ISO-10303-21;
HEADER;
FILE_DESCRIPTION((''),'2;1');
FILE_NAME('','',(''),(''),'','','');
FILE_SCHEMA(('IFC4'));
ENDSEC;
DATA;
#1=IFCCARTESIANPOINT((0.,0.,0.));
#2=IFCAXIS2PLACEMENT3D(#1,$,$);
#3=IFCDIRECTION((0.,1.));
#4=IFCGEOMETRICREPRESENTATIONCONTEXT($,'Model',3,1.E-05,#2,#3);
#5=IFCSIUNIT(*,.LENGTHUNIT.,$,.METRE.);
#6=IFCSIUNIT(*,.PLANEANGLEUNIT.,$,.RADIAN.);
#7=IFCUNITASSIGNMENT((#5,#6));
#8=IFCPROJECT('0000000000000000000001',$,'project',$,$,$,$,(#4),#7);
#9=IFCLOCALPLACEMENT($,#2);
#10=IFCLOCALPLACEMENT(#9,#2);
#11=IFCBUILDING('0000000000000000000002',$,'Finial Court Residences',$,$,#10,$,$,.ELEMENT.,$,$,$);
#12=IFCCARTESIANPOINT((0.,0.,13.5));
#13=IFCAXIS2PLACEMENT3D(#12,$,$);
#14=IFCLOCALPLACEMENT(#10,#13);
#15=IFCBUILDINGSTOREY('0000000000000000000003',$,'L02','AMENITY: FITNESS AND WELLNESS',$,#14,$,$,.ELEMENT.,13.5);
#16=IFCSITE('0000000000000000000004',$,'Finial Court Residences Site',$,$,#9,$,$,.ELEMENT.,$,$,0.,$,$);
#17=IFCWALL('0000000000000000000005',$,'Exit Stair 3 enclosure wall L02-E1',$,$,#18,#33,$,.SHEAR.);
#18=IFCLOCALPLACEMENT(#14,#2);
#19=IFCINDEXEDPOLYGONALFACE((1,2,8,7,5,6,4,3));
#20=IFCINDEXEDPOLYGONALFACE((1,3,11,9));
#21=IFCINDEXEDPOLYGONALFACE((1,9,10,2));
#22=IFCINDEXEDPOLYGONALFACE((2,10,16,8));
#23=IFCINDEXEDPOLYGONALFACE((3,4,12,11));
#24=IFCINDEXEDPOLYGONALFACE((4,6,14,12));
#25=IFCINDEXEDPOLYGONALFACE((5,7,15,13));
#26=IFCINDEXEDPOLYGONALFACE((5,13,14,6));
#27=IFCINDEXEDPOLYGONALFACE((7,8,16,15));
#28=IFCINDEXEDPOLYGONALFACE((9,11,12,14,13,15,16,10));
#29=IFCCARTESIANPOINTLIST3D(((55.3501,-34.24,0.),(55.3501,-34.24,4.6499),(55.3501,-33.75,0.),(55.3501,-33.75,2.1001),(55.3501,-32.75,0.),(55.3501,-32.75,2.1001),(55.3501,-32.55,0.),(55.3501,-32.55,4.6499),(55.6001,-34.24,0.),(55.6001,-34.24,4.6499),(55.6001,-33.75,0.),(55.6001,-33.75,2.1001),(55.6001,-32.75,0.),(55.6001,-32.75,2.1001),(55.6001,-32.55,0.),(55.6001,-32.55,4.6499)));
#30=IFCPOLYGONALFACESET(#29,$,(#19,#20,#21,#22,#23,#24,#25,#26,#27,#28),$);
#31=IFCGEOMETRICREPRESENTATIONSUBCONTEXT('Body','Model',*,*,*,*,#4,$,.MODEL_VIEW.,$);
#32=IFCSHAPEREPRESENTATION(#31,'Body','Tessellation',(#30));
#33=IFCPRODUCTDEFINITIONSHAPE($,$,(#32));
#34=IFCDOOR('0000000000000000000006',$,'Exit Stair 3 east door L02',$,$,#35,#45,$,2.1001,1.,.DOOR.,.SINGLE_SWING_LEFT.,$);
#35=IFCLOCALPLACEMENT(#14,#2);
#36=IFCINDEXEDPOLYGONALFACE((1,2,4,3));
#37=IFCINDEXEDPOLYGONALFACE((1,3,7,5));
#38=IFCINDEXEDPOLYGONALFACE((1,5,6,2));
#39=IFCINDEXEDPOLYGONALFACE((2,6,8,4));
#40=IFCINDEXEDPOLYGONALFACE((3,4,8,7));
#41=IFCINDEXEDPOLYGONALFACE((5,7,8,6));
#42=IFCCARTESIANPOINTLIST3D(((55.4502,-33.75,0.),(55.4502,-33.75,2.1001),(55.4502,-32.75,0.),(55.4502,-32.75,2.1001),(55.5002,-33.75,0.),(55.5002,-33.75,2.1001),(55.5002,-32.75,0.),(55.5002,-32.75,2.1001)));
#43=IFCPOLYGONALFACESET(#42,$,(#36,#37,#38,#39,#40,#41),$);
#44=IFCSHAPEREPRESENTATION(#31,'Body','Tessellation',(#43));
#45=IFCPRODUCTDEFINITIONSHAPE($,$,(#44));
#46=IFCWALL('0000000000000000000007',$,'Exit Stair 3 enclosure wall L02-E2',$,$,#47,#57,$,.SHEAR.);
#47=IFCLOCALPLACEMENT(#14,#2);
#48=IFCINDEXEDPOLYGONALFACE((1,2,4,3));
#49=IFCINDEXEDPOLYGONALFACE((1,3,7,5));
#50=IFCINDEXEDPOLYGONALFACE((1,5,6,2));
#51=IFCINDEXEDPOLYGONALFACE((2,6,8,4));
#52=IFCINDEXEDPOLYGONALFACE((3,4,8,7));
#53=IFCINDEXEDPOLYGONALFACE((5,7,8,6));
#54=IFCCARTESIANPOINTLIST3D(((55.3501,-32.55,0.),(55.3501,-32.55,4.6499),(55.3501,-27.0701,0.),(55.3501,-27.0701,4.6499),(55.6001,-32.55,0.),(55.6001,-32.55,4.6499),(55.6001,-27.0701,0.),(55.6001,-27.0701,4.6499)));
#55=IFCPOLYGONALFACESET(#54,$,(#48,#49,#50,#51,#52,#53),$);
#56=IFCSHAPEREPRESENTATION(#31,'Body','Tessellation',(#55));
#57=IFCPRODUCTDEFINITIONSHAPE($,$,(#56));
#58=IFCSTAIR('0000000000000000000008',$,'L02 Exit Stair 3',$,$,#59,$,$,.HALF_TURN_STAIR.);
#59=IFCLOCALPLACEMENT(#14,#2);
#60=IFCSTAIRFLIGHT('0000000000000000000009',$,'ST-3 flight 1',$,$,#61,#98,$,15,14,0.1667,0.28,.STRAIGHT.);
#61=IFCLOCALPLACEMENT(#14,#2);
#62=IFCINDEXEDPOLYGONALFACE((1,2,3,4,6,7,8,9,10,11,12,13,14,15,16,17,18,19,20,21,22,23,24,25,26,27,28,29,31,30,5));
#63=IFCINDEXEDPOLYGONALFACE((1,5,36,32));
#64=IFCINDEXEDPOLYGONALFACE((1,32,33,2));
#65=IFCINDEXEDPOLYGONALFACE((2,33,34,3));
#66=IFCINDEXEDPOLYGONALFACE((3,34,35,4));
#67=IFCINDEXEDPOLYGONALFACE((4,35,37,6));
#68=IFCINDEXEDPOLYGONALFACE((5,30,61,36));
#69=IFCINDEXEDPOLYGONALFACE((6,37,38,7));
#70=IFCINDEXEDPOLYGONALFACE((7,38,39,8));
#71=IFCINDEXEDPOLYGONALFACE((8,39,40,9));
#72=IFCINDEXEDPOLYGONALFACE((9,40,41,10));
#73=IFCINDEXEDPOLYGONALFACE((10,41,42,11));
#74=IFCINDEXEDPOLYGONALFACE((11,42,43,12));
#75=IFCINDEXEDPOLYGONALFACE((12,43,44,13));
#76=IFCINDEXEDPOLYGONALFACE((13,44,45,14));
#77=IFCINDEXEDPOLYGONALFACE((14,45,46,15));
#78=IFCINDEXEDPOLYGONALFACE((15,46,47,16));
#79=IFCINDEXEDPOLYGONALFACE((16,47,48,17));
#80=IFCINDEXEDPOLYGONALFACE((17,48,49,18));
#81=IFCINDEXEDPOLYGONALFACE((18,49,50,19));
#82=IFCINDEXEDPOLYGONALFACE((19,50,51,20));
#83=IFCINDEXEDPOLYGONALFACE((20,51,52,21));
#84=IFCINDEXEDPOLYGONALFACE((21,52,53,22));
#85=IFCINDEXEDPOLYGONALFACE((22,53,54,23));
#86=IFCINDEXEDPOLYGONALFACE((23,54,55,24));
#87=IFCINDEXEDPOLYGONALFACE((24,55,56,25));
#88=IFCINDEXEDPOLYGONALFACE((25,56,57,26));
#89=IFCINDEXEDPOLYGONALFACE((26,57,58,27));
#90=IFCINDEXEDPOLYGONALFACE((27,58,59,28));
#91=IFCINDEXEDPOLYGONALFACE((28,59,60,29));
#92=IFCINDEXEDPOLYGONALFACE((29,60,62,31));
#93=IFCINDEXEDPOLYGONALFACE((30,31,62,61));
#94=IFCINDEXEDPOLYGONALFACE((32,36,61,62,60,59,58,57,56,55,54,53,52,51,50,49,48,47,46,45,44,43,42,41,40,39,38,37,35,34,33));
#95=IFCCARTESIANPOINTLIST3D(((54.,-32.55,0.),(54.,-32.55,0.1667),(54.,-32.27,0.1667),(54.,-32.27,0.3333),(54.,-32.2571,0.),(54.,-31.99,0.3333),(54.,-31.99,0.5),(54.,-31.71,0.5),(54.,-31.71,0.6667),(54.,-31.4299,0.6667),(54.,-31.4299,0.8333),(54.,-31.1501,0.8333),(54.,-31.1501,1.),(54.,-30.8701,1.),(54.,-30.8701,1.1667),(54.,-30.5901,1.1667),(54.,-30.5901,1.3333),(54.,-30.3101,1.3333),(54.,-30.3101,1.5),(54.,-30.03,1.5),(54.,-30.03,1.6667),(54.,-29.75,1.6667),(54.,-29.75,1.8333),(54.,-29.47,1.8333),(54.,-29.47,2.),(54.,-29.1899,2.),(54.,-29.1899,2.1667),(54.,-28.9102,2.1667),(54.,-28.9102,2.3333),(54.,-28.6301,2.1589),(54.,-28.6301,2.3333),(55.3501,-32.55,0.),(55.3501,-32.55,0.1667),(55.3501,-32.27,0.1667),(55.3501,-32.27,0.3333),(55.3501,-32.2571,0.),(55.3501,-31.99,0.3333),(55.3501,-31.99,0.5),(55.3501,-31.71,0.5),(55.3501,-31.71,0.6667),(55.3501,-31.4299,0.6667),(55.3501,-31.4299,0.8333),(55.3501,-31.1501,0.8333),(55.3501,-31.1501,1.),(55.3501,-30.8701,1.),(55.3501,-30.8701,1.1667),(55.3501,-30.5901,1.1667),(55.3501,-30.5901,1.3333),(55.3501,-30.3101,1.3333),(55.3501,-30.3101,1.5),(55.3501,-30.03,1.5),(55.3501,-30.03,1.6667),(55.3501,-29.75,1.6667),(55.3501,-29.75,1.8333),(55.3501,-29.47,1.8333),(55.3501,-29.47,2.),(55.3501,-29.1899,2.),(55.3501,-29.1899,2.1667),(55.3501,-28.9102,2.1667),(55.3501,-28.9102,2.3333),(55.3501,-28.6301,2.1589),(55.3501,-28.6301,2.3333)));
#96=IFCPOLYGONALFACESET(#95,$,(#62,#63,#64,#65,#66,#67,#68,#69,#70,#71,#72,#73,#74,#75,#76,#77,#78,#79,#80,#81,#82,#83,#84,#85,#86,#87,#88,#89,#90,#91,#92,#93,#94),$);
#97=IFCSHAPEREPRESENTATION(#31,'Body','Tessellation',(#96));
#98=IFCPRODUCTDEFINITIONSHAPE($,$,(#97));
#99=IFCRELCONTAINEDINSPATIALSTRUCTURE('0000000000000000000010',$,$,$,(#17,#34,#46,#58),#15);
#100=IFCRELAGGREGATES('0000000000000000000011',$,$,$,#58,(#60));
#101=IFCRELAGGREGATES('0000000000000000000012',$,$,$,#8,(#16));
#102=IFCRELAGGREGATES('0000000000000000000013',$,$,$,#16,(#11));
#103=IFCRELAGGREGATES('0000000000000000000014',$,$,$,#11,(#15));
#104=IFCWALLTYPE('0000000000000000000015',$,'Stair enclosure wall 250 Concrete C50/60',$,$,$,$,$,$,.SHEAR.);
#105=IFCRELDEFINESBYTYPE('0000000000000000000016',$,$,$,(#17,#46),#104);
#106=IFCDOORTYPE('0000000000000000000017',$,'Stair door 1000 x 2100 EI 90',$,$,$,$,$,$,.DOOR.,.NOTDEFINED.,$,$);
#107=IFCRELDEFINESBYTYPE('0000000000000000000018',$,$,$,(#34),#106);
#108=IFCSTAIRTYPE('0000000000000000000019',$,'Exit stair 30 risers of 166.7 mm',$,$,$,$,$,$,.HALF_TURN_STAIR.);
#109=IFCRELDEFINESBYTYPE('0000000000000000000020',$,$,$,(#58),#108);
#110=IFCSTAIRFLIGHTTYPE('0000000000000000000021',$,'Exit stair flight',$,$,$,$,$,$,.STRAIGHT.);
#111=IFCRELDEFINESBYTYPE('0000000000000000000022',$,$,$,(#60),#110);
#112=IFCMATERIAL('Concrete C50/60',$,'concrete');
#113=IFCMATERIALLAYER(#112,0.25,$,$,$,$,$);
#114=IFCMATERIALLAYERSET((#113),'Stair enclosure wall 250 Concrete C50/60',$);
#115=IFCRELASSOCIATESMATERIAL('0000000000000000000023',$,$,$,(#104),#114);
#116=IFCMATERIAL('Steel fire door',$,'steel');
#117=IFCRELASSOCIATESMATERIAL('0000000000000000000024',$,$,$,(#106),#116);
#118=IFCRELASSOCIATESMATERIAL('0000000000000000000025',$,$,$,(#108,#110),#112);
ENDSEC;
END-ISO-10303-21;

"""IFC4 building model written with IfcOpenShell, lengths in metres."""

from ifc_helpers import new_model, si_unit, direction, frame, frame_2d, origin, place, context, subcontext, project, spatial, polyline, rectangle, outline, extrude, material, layer, layer_set, type_object, element, fill, aggregate, save


model = new_model("IFC4")

# Units and contexts
model_context = context("Model", 3, precision=1e-05, world=origin(), true_north=direction((0.0, 1.0)))
body_context = subcontext(model_context, "Body", "Model", "MODEL_VIEW")
ifc_project = project(units=[si_unit("LENGTHUNIT", "METRE"), si_unit("PLANEANGLEUNIT", "RADIAN")], contexts=[model_context])

# Site, building, storey
site_placement = place(None, origin())
site = spatial("IfcSite", under=ifc_project, at=site_placement, Name="Finial Court Residences Site", CompositionType="ELEMENT", RefElevation=0.0)
building_placement = place(site_placement, origin())
building = spatial("IfcBuilding", under=site, at=building_placement, Name="Finial Court Residences", CompositionType="ELEMENT")
storey_placement = place(building_placement, frame((0.0, 0.0, 13.5)))
storey = spatial("IfcBuildingStorey", under=building, at=storey_placement, Name="L02", Description="AMENITY: FITNESS AND WELLNESS", CompositionType="ELEMENT", Elevation=13.5)

# Shared definitions
ifc_material_1 = material(Name="Concrete C50/60", Category="concrete")

# Shared definitions
ifc_layer_1 = layer(ifc_material_1, 0.25)
ifc_layer_set_1 = layer_set([ifc_layer_1], Name="Stair enclosure wall 250 Concrete C50/60")
wall_type_1 = type_object("IfcWallType", Name="Stair enclosure wall 250 Concrete C50/60", PredefinedType="SHEAR", material=ifc_layer_set_1)
ifc_material_2 = material(Name="Steel fire door", Category="steel")
door_type = type_object("IfcDoorType", Name="Stair door 1000 x 2100 EI 90", OperationType="NOTDEFINED", PredefinedType="DOOR", material=ifc_material_2)

# Wall, opening, door
wall_1_placement = place(storey_placement, frame((55.4751, -34.24, 0.0), z_axis=(0.0, 0.0, 1.0), x_axis=(0.0, 1.0, 0.0)))
wall_1 = element("IfcWall", 1, at=wall_1_placement, inside=storey, type_object=wall_type_1, Name="Exit Stair 3 enclosure wall L02-E1", PredefinedType="SHEAR", context=body_context, shape_type="SweptSolid", body=[
    extrude(rectangle(XDim=1.6899, YDim=0.25, at=frame_2d((0.845, 0.0))), origin(), (0.0, 0.0, 1.0), 4.6499),
])
opening_1_placement = place(wall_1_placement, frame((0.49, 0.0, 0.0)))
opening_1 = element("IfcOpeningElement", 2, at=opening_1_placement, cuts=wall_1, PredefinedType="OPENING", context=body_context, shape_type="SweptSolid", body=[
    extrude(rectangle(XDim=1.0, YDim=2.1001, at=frame_2d((0.5, 1.05))), frame((0.0, 0.135, 0.0), z_axis=(0.0, -1.0, 0.0), x_axis=(1.0, 0.0, 0.0)), (0.0, 0.0, 1.0), 0.27),
])
door_1_placement = place(opening_1_placement, origin())
door_1 = element("IfcDoor", 3, at=door_1_placement, inside=storey, type_object=door_type, Name="Exit Stair 3 east door L02", OperationType="SINGLE_SWING_LEFT", OverallHeight=2.1001, OverallWidth=1.0, PredefinedType="DOOR", context=body_context, shape_type="SweptSolid", body=[
    extrude(rectangle(XDim=1.0, YDim=2.1001, at=frame_2d((0.5, 1.05))), frame((0.0, 0.0249, 0.0), z_axis=(0.0, -1.0, 0.0), x_axis=(1.0, 0.0, 0.0)), (0.0, 0.0, 1.0), 0.05),
])
fill(opening_1, door_1)

# Wall
wall_2_placement = place(storey_placement, frame((55.4751, -32.55, 0.0), z_axis=(0.0, 0.0, 1.0), x_axis=(0.0, 1.0, 0.0)))
element("IfcWall", 4, at=wall_2_placement, inside=storey, type_object=wall_type_1, Name="Exit Stair 3 enclosure wall L02-E2", PredefinedType="SHEAR", context=body_context, shape_type="SweptSolid", body=[
    extrude(rectangle(XDim=5.48, YDim=0.25, at=frame_2d((2.74, 0.0))), origin(), (0.0, 0.0, 1.0), 4.6499),
])

# Stair, stair flight
stair_type = type_object("IfcStairType", Name="Exit stair 30 risers of 166.7 mm", PredefinedType="HALF_TURN_STAIR", material=ifc_material_1)
stair_placement = place(storey_placement, origin())
stair = element("IfcStair", 5, at=stair_placement, inside=storey, type_object=stair_type, Name="L02 Exit Stair 3", PredefinedType="HALF_TURN_STAIR")
stair_flight_type = type_object("IfcStairFlightType", Name="Exit stair flight", PredefinedType="STRAIGHT", material=ifc_material_1)
stair_flight_placement = place(storey_placement, frame((54.675, -32.55, 0.0), z_axis=(0.0, 0.0, 1.0), x_axis=(0.0, 1.0, 0.0)))
stair_flight = element("IfcStairFlight", 6, at=stair_flight_placement, type_object=stair_flight_type, Name="ST-3 flight 1", NumberOfRisers=15, NumberOfTreads=14, PredefinedType="STRAIGHT", RiserHeight=0.1667, TreadLength=0.28, context=body_context, shape_type="SweptSolid", body=[
    extrude(outline(polyline([(0.0, 0.0), (0.0, 0.1667), (0.28, 0.1667), (0.28, 0.3333), (0.5601, 0.3333), (0.5601, 0.5), (0.8401, 0.5), (0.8401, 0.6667), (1.1201, 0.6667), (1.1201, 0.8333), (1.3999, 0.8333), (1.3999, 1.0), (1.6799, 1.0), (1.6799, 1.1667), (1.96, 1.1667), (1.96, 1.3333), (2.24, 1.3333), (2.24, 1.5), (2.52, 1.5), (2.52, 1.6667), (2.8, 1.6667), (2.8, 1.8333), (3.0801, 1.8333), (3.0801, 2.0), (3.3601, 2.0), (3.3601, 2.1667), (3.6399, 2.1667), (3.6399, 2.3333), (3.9199, 2.3333), (3.9199, 2.5), (3.9199, 2.1589), (0.293, 0.0), (0.0, 0.0)])), frame((0.0, 0.675, 0.0), z_axis=(0.0, -1.0, 0.0), x_axis=(1.0, 0.0, 0.0)), (0.0, 0.0, 1.0), 1.3501),
])
aggregate(stair, [stair_flight])

save(model, "model.ifc")
